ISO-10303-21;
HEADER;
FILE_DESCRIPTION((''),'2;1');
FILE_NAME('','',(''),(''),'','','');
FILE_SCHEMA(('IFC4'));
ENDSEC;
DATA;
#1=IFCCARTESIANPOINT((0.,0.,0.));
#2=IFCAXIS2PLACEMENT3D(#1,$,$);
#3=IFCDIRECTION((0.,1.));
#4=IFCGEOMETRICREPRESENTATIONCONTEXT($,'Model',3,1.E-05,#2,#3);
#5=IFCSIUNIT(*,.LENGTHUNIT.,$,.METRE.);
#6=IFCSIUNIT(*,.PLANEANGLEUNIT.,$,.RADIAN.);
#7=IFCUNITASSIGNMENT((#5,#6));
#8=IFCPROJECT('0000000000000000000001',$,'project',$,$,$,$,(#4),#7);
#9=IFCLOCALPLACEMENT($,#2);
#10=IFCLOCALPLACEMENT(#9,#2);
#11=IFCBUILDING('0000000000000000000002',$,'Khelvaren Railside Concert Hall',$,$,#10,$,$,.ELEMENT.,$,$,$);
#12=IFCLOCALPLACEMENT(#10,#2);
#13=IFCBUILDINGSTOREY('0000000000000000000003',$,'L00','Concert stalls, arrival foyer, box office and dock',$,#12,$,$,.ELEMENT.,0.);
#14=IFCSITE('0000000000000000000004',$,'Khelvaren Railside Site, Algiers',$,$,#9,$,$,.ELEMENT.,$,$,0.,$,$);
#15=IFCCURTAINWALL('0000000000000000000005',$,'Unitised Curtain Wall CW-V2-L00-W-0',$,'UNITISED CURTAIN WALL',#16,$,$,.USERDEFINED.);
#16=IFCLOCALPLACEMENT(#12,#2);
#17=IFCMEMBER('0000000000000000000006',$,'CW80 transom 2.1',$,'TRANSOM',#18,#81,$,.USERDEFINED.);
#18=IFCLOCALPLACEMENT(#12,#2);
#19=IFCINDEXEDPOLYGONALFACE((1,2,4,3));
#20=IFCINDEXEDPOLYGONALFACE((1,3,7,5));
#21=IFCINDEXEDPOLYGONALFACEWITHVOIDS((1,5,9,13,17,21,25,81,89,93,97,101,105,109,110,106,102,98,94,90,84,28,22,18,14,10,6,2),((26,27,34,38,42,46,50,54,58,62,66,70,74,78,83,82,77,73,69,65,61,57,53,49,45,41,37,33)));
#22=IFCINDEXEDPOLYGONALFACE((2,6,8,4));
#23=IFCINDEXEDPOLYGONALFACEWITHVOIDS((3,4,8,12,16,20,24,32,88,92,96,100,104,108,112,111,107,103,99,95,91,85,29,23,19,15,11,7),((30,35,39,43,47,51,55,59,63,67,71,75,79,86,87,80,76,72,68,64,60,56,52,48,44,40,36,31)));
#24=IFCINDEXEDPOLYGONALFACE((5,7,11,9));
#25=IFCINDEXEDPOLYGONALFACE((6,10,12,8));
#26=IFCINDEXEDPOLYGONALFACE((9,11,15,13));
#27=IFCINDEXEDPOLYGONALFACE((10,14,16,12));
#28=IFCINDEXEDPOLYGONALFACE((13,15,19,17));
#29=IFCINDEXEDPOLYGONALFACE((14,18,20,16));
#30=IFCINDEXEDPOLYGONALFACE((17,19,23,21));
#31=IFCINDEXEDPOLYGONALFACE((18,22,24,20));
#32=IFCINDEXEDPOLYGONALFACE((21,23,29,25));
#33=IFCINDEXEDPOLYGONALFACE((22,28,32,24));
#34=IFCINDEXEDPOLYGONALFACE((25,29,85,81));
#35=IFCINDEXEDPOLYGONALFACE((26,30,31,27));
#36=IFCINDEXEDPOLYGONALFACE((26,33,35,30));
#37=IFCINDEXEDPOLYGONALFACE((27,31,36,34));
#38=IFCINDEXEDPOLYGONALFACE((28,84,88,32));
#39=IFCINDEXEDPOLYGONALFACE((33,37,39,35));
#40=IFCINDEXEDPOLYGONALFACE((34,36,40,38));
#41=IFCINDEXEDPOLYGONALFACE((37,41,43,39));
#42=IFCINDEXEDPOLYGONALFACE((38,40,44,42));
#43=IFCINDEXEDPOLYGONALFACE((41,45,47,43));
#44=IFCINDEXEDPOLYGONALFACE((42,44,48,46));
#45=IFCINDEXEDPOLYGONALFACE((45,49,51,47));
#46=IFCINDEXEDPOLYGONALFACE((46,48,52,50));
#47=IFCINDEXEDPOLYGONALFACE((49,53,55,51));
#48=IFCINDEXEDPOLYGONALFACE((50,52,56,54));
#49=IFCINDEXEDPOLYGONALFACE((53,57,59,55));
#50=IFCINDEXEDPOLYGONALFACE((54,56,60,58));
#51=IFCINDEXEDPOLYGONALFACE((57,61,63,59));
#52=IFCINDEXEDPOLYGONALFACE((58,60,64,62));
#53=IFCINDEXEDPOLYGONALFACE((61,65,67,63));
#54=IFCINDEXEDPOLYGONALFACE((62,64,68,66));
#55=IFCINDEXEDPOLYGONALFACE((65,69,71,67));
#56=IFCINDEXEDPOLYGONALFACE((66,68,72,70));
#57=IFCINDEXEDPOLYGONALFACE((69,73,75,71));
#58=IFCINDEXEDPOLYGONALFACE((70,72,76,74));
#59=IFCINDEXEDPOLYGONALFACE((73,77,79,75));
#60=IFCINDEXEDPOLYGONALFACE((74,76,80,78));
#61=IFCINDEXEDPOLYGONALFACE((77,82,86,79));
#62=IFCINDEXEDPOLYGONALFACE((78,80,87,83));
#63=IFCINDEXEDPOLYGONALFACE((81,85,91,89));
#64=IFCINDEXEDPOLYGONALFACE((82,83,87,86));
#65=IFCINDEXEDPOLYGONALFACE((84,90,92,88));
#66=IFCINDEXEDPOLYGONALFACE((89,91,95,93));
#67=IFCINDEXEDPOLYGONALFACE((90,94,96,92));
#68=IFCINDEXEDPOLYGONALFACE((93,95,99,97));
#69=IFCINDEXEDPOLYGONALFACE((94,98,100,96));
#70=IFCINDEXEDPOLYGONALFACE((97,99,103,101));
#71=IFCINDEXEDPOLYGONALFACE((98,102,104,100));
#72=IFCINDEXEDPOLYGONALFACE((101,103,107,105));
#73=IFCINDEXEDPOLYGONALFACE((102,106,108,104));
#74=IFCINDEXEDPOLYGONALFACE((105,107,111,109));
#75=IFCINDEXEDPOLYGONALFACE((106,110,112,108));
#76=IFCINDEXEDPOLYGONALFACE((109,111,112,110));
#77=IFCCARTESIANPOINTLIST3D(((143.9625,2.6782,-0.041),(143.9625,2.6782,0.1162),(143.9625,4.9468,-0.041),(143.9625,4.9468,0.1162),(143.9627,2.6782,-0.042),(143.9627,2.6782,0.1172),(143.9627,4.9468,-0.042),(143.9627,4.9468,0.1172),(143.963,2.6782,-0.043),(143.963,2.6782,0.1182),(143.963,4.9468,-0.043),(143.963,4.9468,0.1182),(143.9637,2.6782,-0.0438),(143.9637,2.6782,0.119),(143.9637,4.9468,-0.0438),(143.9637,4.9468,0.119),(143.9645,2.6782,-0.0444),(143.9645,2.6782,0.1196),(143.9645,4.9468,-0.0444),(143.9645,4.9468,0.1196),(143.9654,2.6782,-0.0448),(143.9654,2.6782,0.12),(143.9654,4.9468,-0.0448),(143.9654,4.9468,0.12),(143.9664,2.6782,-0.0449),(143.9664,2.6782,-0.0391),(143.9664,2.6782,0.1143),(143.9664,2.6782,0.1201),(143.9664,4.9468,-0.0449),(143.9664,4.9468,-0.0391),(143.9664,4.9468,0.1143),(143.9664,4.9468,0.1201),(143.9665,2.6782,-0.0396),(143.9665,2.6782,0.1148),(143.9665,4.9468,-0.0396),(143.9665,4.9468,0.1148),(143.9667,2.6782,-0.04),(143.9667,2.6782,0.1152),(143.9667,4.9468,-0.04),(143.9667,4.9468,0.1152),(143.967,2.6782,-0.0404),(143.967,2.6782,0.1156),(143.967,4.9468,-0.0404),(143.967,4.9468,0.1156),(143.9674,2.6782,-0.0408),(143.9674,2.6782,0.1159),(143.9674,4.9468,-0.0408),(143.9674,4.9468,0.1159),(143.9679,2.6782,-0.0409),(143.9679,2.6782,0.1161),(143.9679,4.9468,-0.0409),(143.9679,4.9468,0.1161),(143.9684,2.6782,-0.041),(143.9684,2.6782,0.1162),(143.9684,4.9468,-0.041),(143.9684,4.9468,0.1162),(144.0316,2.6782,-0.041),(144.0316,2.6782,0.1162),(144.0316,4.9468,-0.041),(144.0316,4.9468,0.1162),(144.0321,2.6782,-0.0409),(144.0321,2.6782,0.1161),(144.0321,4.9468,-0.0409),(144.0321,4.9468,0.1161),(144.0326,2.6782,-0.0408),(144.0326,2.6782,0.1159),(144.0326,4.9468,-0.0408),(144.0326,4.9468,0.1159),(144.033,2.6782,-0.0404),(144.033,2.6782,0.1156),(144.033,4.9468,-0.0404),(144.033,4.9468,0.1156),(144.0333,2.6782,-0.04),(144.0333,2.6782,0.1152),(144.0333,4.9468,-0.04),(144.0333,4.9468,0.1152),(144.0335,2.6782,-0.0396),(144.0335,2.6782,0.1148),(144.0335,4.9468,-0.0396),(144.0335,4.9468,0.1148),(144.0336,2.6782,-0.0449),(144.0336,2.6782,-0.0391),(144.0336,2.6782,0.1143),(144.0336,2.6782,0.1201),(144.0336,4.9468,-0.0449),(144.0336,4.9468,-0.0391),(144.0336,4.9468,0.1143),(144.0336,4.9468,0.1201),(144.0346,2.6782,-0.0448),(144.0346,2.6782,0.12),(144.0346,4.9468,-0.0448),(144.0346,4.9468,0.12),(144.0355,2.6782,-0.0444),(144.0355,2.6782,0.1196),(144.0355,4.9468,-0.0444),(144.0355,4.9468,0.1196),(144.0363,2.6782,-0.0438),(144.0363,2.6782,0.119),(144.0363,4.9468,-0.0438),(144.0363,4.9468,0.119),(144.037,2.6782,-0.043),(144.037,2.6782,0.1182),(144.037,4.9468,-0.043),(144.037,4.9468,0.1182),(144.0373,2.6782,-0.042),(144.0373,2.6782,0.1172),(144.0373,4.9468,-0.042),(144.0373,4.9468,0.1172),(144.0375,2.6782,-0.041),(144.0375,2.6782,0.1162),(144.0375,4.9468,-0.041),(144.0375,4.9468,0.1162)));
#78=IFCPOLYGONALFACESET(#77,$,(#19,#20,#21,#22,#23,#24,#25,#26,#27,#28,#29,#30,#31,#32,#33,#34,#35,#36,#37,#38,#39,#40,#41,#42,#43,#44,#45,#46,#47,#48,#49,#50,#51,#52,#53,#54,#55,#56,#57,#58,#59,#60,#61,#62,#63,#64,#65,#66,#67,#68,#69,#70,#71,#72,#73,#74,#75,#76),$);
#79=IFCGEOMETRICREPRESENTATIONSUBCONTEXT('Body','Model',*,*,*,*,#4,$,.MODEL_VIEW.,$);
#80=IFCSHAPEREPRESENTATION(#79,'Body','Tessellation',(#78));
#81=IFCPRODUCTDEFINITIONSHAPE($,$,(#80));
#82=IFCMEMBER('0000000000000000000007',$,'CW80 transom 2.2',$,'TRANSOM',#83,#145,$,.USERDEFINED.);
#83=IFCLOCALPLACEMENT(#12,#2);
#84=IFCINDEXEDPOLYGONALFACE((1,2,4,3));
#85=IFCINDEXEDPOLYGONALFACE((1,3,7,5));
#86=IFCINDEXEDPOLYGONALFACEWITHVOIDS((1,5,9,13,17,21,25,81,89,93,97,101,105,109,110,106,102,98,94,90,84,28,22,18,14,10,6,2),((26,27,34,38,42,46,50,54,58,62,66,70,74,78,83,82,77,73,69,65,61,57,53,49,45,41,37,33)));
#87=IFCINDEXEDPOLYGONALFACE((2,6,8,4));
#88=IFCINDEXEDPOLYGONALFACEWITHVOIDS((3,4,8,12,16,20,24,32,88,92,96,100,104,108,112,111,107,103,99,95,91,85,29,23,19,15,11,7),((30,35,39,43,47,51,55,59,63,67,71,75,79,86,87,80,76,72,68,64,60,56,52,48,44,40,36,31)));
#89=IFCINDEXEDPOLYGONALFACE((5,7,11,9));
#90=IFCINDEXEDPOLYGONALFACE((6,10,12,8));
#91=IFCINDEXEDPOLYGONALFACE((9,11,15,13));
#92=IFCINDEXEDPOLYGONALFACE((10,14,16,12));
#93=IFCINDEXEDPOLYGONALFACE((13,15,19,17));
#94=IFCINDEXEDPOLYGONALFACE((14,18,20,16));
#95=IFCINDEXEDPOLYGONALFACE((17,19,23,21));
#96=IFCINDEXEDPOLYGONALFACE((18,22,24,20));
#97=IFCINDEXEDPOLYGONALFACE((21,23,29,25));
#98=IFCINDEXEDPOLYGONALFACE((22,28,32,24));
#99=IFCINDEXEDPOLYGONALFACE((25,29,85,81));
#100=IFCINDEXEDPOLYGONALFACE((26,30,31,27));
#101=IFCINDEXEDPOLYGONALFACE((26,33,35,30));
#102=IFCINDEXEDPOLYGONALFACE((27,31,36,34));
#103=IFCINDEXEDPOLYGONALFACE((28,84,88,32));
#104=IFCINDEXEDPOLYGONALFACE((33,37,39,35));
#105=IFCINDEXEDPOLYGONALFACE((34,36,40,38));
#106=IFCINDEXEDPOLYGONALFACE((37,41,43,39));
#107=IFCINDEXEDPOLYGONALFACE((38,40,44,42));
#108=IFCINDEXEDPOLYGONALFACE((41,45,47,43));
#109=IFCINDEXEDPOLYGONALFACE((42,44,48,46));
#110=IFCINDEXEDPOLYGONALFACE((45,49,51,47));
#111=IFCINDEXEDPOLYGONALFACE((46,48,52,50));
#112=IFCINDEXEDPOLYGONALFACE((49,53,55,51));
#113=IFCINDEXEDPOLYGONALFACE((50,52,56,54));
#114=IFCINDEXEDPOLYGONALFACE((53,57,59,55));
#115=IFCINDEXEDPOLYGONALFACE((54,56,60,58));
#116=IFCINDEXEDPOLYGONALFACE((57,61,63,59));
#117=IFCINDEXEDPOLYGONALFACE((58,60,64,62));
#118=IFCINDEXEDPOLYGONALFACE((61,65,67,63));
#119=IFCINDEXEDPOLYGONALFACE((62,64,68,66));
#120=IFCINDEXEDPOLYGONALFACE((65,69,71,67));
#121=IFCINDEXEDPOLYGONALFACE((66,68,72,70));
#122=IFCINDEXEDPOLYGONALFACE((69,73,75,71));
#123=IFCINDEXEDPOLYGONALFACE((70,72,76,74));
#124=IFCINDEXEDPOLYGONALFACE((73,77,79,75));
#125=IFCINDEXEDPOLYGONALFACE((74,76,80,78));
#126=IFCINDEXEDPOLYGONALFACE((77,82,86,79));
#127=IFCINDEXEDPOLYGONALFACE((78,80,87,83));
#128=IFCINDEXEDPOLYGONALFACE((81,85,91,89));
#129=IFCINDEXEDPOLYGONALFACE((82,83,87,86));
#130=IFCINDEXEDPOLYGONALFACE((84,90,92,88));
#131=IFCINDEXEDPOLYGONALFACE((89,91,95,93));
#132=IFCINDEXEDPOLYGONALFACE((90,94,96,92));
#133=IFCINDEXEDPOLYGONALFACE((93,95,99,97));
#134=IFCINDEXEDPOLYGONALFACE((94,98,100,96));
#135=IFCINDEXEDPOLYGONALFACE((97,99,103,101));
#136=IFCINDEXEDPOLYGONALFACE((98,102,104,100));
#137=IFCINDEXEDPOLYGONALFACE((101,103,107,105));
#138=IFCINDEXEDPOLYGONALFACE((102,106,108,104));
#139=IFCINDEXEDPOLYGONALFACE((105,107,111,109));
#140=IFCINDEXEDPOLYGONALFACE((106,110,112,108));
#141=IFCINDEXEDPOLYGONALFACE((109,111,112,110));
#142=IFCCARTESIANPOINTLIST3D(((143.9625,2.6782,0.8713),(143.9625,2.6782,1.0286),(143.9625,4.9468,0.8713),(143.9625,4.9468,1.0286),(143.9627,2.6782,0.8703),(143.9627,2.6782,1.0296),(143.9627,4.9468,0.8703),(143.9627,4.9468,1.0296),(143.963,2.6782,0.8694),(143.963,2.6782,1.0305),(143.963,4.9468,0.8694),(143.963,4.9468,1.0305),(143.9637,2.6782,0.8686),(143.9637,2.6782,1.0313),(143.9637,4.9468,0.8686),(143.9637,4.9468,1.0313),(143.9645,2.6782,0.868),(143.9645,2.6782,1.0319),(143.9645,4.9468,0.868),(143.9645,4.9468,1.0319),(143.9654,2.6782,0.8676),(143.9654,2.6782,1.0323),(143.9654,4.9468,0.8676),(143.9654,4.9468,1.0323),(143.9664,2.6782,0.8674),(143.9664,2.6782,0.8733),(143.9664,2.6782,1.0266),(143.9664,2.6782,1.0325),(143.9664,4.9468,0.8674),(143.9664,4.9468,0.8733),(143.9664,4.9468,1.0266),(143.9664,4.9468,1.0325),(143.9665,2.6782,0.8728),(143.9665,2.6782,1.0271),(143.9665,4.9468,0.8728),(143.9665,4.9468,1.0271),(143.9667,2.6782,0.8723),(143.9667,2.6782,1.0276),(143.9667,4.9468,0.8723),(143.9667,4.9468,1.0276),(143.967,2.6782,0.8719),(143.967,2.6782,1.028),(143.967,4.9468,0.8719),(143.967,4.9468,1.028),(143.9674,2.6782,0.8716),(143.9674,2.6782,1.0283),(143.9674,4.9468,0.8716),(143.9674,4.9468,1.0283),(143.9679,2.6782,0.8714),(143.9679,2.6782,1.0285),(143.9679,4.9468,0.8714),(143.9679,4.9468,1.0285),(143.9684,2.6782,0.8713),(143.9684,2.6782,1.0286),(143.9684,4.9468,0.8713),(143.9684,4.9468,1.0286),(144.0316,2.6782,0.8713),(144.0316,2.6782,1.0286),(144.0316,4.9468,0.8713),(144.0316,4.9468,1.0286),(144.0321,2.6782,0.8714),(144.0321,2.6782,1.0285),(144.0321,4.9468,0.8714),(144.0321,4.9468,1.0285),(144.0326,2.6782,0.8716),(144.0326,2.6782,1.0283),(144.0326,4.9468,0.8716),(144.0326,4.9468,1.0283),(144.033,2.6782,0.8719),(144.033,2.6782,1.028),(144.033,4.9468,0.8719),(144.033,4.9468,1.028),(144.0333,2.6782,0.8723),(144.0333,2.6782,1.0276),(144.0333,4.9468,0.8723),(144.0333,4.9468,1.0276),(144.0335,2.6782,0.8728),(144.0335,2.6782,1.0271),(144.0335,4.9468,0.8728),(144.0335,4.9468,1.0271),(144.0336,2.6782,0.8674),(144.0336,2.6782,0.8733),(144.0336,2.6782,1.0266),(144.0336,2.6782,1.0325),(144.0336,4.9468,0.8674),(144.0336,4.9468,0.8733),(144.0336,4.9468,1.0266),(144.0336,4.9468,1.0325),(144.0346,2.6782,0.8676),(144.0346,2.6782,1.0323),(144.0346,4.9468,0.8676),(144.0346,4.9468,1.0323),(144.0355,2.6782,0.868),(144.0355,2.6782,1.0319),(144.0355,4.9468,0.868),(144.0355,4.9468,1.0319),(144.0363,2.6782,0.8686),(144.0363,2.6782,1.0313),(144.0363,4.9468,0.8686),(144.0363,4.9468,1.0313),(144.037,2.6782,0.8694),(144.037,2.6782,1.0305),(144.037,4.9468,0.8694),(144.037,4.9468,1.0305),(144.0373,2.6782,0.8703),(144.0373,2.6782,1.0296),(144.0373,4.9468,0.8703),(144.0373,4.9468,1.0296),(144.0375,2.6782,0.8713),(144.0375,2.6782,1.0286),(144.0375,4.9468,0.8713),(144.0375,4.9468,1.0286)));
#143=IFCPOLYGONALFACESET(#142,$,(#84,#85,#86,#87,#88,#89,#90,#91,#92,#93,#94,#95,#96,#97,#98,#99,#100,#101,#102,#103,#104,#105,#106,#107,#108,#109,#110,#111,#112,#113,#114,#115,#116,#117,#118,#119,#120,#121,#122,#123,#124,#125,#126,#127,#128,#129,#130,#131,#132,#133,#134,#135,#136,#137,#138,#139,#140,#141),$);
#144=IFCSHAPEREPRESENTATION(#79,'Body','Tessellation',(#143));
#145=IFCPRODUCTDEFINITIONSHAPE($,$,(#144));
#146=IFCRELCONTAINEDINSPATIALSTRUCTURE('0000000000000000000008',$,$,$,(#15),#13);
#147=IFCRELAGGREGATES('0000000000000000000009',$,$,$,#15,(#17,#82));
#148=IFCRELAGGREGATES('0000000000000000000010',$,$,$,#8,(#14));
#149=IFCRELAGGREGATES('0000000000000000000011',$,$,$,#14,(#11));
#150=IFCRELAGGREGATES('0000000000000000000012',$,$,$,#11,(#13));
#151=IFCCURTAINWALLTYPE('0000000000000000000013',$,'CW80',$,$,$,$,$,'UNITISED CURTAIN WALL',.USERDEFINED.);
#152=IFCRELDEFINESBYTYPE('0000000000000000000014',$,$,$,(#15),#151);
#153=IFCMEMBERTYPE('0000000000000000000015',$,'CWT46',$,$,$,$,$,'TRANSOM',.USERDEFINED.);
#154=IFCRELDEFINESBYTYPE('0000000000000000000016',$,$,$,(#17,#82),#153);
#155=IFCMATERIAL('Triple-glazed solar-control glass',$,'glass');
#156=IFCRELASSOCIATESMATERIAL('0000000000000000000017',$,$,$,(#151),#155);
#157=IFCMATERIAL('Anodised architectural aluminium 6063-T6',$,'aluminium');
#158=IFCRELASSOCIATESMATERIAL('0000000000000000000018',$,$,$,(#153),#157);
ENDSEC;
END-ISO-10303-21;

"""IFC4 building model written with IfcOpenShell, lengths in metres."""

from ifc_helpers import new_model, si_unit, direction, frame, origin, origin_2d, place, context, subcontext, project, spatial, hollow_rectangle, extrude, material, material_profile, profile_set, type_object, element, aggregate, save


model = new_model("IFC4")

# Units and contexts
model_context = context("Model", 3, precision=1e-05, world=origin(), true_north=direction((0.0, 1.0)))
body_context = subcontext(model_context, "Body", "Model", "MODEL_VIEW")
ifc_project = project(units=[si_unit("LENGTHUNIT", "METRE"), si_unit("PLANEANGLEUNIT", "RADIAN")], contexts=[model_context])

# Site, building, storey
site_placement = place(None, origin())
site = spatial("IfcSite", under=ifc_project, at=site_placement, Name="Khelvaren Railside Site, Algiers", CompositionType="ELEMENT", RefElevation=0.0)
building_placement = place(site_placement, origin())
building = spatial("IfcBuilding", under=site, at=building_placement, Name="Khelvaren Railside Concert Hall", CompositionType="ELEMENT")
storey_placement = place(building_placement, origin())
storey = spatial("IfcBuildingStorey", under=building, at=storey_placement, Name="L00", Description="Concert stalls, arrival foyer, box office and dock", CompositionType="ELEMENT", Elevation=0.0)

# Curtain wall
ifc_material_1 = material(Name="Triple-glazed solar-control glass", Category="glass")
curtain_wall_type_1 = type_object("IfcCurtainWallType", Name="CW80", ElementType="UNITISED CURTAIN WALL", PredefinedType="USERDEFINED", material=ifc_material_1)
curtain_wall_1_placement = place(storey_placement, origin())
curtain_wall_1 = element("IfcCurtainWall", 1, at=curtain_wall_1_placement, inside=storey, type_object=curtain_wall_type_1, Name="Unitised Curtain Wall CW-V2-L00-W-0", ObjectType="UNITISED CURTAIN WALL", PredefinedType="USERDEFINED")
ifc_material_2 = material(Name="Anodised architectural aluminium 6063-T6", Category="aluminium")

# Members
ifc_material_profile_1 = material_profile(ifc_material_2, hollow_rectangle(XDim=0.075, YDim=0.165, WallThickness=0.0039, InnerFilletRadius=0.002, OuterFilletRadius=0.0039, at=origin_2d()), Name="CWT 75x165x4")
ifc_profile_set_1 = profile_set([ifc_material_profile_1], Name="Anodised architectural aluminium 6063-T6")
member_type_1 = type_object("IfcMemberType", Name="CWT46", ElementType="TRANSOM", PredefinedType="USERDEFINED", material=ifc_profile_set_1)
member_1_placement = place(storey_placement, frame((144.0, 2.6782, 0.0376), z_axis=(0.0, 1.0, 0.0), x_axis=(-1.0, 0.0, 0.0)))
member_1 = element("IfcMember", 2, at=member_1_placement, type_object=member_type_1, Name="CW80 transom 2.1", ObjectType="TRANSOM", PredefinedType="USERDEFINED", context=body_context, shape_type="SweptSolid", body=[
    extrude(hollow_rectangle(XDim=0.075, YDim=0.165, WallThickness=0.0039, InnerFilletRadius=0.002, OuterFilletRadius=0.0039, at=origin_2d()), origin(), (0.0, 0.0, 1.0), 2.2686),
])
member_2_placement = place(storey_placement, frame((144.0, 2.6782, 0.95), z_axis=(0.0, 1.0, 0.0), x_axis=(-1.0, 0.0, 0.0)))
member_2 = element("IfcMember", 3, at=member_2_placement, type_object=member_type_1, Name="CW80 transom 2.2", ObjectType="TRANSOM", PredefinedType="USERDEFINED", context=body_context, shape_type="SweptSolid", body=[
    extrude(hollow_rectangle(XDim=0.075, YDim=0.165, WallThickness=0.0039, InnerFilletRadius=0.002, OuterFilletRadius=0.0039, at=origin_2d()), origin(), (0.0, 0.0, 1.0), 2.2686),
])

aggregate(curtain_wall_1, [member_1, member_2])

save(model, "model.ifc")
